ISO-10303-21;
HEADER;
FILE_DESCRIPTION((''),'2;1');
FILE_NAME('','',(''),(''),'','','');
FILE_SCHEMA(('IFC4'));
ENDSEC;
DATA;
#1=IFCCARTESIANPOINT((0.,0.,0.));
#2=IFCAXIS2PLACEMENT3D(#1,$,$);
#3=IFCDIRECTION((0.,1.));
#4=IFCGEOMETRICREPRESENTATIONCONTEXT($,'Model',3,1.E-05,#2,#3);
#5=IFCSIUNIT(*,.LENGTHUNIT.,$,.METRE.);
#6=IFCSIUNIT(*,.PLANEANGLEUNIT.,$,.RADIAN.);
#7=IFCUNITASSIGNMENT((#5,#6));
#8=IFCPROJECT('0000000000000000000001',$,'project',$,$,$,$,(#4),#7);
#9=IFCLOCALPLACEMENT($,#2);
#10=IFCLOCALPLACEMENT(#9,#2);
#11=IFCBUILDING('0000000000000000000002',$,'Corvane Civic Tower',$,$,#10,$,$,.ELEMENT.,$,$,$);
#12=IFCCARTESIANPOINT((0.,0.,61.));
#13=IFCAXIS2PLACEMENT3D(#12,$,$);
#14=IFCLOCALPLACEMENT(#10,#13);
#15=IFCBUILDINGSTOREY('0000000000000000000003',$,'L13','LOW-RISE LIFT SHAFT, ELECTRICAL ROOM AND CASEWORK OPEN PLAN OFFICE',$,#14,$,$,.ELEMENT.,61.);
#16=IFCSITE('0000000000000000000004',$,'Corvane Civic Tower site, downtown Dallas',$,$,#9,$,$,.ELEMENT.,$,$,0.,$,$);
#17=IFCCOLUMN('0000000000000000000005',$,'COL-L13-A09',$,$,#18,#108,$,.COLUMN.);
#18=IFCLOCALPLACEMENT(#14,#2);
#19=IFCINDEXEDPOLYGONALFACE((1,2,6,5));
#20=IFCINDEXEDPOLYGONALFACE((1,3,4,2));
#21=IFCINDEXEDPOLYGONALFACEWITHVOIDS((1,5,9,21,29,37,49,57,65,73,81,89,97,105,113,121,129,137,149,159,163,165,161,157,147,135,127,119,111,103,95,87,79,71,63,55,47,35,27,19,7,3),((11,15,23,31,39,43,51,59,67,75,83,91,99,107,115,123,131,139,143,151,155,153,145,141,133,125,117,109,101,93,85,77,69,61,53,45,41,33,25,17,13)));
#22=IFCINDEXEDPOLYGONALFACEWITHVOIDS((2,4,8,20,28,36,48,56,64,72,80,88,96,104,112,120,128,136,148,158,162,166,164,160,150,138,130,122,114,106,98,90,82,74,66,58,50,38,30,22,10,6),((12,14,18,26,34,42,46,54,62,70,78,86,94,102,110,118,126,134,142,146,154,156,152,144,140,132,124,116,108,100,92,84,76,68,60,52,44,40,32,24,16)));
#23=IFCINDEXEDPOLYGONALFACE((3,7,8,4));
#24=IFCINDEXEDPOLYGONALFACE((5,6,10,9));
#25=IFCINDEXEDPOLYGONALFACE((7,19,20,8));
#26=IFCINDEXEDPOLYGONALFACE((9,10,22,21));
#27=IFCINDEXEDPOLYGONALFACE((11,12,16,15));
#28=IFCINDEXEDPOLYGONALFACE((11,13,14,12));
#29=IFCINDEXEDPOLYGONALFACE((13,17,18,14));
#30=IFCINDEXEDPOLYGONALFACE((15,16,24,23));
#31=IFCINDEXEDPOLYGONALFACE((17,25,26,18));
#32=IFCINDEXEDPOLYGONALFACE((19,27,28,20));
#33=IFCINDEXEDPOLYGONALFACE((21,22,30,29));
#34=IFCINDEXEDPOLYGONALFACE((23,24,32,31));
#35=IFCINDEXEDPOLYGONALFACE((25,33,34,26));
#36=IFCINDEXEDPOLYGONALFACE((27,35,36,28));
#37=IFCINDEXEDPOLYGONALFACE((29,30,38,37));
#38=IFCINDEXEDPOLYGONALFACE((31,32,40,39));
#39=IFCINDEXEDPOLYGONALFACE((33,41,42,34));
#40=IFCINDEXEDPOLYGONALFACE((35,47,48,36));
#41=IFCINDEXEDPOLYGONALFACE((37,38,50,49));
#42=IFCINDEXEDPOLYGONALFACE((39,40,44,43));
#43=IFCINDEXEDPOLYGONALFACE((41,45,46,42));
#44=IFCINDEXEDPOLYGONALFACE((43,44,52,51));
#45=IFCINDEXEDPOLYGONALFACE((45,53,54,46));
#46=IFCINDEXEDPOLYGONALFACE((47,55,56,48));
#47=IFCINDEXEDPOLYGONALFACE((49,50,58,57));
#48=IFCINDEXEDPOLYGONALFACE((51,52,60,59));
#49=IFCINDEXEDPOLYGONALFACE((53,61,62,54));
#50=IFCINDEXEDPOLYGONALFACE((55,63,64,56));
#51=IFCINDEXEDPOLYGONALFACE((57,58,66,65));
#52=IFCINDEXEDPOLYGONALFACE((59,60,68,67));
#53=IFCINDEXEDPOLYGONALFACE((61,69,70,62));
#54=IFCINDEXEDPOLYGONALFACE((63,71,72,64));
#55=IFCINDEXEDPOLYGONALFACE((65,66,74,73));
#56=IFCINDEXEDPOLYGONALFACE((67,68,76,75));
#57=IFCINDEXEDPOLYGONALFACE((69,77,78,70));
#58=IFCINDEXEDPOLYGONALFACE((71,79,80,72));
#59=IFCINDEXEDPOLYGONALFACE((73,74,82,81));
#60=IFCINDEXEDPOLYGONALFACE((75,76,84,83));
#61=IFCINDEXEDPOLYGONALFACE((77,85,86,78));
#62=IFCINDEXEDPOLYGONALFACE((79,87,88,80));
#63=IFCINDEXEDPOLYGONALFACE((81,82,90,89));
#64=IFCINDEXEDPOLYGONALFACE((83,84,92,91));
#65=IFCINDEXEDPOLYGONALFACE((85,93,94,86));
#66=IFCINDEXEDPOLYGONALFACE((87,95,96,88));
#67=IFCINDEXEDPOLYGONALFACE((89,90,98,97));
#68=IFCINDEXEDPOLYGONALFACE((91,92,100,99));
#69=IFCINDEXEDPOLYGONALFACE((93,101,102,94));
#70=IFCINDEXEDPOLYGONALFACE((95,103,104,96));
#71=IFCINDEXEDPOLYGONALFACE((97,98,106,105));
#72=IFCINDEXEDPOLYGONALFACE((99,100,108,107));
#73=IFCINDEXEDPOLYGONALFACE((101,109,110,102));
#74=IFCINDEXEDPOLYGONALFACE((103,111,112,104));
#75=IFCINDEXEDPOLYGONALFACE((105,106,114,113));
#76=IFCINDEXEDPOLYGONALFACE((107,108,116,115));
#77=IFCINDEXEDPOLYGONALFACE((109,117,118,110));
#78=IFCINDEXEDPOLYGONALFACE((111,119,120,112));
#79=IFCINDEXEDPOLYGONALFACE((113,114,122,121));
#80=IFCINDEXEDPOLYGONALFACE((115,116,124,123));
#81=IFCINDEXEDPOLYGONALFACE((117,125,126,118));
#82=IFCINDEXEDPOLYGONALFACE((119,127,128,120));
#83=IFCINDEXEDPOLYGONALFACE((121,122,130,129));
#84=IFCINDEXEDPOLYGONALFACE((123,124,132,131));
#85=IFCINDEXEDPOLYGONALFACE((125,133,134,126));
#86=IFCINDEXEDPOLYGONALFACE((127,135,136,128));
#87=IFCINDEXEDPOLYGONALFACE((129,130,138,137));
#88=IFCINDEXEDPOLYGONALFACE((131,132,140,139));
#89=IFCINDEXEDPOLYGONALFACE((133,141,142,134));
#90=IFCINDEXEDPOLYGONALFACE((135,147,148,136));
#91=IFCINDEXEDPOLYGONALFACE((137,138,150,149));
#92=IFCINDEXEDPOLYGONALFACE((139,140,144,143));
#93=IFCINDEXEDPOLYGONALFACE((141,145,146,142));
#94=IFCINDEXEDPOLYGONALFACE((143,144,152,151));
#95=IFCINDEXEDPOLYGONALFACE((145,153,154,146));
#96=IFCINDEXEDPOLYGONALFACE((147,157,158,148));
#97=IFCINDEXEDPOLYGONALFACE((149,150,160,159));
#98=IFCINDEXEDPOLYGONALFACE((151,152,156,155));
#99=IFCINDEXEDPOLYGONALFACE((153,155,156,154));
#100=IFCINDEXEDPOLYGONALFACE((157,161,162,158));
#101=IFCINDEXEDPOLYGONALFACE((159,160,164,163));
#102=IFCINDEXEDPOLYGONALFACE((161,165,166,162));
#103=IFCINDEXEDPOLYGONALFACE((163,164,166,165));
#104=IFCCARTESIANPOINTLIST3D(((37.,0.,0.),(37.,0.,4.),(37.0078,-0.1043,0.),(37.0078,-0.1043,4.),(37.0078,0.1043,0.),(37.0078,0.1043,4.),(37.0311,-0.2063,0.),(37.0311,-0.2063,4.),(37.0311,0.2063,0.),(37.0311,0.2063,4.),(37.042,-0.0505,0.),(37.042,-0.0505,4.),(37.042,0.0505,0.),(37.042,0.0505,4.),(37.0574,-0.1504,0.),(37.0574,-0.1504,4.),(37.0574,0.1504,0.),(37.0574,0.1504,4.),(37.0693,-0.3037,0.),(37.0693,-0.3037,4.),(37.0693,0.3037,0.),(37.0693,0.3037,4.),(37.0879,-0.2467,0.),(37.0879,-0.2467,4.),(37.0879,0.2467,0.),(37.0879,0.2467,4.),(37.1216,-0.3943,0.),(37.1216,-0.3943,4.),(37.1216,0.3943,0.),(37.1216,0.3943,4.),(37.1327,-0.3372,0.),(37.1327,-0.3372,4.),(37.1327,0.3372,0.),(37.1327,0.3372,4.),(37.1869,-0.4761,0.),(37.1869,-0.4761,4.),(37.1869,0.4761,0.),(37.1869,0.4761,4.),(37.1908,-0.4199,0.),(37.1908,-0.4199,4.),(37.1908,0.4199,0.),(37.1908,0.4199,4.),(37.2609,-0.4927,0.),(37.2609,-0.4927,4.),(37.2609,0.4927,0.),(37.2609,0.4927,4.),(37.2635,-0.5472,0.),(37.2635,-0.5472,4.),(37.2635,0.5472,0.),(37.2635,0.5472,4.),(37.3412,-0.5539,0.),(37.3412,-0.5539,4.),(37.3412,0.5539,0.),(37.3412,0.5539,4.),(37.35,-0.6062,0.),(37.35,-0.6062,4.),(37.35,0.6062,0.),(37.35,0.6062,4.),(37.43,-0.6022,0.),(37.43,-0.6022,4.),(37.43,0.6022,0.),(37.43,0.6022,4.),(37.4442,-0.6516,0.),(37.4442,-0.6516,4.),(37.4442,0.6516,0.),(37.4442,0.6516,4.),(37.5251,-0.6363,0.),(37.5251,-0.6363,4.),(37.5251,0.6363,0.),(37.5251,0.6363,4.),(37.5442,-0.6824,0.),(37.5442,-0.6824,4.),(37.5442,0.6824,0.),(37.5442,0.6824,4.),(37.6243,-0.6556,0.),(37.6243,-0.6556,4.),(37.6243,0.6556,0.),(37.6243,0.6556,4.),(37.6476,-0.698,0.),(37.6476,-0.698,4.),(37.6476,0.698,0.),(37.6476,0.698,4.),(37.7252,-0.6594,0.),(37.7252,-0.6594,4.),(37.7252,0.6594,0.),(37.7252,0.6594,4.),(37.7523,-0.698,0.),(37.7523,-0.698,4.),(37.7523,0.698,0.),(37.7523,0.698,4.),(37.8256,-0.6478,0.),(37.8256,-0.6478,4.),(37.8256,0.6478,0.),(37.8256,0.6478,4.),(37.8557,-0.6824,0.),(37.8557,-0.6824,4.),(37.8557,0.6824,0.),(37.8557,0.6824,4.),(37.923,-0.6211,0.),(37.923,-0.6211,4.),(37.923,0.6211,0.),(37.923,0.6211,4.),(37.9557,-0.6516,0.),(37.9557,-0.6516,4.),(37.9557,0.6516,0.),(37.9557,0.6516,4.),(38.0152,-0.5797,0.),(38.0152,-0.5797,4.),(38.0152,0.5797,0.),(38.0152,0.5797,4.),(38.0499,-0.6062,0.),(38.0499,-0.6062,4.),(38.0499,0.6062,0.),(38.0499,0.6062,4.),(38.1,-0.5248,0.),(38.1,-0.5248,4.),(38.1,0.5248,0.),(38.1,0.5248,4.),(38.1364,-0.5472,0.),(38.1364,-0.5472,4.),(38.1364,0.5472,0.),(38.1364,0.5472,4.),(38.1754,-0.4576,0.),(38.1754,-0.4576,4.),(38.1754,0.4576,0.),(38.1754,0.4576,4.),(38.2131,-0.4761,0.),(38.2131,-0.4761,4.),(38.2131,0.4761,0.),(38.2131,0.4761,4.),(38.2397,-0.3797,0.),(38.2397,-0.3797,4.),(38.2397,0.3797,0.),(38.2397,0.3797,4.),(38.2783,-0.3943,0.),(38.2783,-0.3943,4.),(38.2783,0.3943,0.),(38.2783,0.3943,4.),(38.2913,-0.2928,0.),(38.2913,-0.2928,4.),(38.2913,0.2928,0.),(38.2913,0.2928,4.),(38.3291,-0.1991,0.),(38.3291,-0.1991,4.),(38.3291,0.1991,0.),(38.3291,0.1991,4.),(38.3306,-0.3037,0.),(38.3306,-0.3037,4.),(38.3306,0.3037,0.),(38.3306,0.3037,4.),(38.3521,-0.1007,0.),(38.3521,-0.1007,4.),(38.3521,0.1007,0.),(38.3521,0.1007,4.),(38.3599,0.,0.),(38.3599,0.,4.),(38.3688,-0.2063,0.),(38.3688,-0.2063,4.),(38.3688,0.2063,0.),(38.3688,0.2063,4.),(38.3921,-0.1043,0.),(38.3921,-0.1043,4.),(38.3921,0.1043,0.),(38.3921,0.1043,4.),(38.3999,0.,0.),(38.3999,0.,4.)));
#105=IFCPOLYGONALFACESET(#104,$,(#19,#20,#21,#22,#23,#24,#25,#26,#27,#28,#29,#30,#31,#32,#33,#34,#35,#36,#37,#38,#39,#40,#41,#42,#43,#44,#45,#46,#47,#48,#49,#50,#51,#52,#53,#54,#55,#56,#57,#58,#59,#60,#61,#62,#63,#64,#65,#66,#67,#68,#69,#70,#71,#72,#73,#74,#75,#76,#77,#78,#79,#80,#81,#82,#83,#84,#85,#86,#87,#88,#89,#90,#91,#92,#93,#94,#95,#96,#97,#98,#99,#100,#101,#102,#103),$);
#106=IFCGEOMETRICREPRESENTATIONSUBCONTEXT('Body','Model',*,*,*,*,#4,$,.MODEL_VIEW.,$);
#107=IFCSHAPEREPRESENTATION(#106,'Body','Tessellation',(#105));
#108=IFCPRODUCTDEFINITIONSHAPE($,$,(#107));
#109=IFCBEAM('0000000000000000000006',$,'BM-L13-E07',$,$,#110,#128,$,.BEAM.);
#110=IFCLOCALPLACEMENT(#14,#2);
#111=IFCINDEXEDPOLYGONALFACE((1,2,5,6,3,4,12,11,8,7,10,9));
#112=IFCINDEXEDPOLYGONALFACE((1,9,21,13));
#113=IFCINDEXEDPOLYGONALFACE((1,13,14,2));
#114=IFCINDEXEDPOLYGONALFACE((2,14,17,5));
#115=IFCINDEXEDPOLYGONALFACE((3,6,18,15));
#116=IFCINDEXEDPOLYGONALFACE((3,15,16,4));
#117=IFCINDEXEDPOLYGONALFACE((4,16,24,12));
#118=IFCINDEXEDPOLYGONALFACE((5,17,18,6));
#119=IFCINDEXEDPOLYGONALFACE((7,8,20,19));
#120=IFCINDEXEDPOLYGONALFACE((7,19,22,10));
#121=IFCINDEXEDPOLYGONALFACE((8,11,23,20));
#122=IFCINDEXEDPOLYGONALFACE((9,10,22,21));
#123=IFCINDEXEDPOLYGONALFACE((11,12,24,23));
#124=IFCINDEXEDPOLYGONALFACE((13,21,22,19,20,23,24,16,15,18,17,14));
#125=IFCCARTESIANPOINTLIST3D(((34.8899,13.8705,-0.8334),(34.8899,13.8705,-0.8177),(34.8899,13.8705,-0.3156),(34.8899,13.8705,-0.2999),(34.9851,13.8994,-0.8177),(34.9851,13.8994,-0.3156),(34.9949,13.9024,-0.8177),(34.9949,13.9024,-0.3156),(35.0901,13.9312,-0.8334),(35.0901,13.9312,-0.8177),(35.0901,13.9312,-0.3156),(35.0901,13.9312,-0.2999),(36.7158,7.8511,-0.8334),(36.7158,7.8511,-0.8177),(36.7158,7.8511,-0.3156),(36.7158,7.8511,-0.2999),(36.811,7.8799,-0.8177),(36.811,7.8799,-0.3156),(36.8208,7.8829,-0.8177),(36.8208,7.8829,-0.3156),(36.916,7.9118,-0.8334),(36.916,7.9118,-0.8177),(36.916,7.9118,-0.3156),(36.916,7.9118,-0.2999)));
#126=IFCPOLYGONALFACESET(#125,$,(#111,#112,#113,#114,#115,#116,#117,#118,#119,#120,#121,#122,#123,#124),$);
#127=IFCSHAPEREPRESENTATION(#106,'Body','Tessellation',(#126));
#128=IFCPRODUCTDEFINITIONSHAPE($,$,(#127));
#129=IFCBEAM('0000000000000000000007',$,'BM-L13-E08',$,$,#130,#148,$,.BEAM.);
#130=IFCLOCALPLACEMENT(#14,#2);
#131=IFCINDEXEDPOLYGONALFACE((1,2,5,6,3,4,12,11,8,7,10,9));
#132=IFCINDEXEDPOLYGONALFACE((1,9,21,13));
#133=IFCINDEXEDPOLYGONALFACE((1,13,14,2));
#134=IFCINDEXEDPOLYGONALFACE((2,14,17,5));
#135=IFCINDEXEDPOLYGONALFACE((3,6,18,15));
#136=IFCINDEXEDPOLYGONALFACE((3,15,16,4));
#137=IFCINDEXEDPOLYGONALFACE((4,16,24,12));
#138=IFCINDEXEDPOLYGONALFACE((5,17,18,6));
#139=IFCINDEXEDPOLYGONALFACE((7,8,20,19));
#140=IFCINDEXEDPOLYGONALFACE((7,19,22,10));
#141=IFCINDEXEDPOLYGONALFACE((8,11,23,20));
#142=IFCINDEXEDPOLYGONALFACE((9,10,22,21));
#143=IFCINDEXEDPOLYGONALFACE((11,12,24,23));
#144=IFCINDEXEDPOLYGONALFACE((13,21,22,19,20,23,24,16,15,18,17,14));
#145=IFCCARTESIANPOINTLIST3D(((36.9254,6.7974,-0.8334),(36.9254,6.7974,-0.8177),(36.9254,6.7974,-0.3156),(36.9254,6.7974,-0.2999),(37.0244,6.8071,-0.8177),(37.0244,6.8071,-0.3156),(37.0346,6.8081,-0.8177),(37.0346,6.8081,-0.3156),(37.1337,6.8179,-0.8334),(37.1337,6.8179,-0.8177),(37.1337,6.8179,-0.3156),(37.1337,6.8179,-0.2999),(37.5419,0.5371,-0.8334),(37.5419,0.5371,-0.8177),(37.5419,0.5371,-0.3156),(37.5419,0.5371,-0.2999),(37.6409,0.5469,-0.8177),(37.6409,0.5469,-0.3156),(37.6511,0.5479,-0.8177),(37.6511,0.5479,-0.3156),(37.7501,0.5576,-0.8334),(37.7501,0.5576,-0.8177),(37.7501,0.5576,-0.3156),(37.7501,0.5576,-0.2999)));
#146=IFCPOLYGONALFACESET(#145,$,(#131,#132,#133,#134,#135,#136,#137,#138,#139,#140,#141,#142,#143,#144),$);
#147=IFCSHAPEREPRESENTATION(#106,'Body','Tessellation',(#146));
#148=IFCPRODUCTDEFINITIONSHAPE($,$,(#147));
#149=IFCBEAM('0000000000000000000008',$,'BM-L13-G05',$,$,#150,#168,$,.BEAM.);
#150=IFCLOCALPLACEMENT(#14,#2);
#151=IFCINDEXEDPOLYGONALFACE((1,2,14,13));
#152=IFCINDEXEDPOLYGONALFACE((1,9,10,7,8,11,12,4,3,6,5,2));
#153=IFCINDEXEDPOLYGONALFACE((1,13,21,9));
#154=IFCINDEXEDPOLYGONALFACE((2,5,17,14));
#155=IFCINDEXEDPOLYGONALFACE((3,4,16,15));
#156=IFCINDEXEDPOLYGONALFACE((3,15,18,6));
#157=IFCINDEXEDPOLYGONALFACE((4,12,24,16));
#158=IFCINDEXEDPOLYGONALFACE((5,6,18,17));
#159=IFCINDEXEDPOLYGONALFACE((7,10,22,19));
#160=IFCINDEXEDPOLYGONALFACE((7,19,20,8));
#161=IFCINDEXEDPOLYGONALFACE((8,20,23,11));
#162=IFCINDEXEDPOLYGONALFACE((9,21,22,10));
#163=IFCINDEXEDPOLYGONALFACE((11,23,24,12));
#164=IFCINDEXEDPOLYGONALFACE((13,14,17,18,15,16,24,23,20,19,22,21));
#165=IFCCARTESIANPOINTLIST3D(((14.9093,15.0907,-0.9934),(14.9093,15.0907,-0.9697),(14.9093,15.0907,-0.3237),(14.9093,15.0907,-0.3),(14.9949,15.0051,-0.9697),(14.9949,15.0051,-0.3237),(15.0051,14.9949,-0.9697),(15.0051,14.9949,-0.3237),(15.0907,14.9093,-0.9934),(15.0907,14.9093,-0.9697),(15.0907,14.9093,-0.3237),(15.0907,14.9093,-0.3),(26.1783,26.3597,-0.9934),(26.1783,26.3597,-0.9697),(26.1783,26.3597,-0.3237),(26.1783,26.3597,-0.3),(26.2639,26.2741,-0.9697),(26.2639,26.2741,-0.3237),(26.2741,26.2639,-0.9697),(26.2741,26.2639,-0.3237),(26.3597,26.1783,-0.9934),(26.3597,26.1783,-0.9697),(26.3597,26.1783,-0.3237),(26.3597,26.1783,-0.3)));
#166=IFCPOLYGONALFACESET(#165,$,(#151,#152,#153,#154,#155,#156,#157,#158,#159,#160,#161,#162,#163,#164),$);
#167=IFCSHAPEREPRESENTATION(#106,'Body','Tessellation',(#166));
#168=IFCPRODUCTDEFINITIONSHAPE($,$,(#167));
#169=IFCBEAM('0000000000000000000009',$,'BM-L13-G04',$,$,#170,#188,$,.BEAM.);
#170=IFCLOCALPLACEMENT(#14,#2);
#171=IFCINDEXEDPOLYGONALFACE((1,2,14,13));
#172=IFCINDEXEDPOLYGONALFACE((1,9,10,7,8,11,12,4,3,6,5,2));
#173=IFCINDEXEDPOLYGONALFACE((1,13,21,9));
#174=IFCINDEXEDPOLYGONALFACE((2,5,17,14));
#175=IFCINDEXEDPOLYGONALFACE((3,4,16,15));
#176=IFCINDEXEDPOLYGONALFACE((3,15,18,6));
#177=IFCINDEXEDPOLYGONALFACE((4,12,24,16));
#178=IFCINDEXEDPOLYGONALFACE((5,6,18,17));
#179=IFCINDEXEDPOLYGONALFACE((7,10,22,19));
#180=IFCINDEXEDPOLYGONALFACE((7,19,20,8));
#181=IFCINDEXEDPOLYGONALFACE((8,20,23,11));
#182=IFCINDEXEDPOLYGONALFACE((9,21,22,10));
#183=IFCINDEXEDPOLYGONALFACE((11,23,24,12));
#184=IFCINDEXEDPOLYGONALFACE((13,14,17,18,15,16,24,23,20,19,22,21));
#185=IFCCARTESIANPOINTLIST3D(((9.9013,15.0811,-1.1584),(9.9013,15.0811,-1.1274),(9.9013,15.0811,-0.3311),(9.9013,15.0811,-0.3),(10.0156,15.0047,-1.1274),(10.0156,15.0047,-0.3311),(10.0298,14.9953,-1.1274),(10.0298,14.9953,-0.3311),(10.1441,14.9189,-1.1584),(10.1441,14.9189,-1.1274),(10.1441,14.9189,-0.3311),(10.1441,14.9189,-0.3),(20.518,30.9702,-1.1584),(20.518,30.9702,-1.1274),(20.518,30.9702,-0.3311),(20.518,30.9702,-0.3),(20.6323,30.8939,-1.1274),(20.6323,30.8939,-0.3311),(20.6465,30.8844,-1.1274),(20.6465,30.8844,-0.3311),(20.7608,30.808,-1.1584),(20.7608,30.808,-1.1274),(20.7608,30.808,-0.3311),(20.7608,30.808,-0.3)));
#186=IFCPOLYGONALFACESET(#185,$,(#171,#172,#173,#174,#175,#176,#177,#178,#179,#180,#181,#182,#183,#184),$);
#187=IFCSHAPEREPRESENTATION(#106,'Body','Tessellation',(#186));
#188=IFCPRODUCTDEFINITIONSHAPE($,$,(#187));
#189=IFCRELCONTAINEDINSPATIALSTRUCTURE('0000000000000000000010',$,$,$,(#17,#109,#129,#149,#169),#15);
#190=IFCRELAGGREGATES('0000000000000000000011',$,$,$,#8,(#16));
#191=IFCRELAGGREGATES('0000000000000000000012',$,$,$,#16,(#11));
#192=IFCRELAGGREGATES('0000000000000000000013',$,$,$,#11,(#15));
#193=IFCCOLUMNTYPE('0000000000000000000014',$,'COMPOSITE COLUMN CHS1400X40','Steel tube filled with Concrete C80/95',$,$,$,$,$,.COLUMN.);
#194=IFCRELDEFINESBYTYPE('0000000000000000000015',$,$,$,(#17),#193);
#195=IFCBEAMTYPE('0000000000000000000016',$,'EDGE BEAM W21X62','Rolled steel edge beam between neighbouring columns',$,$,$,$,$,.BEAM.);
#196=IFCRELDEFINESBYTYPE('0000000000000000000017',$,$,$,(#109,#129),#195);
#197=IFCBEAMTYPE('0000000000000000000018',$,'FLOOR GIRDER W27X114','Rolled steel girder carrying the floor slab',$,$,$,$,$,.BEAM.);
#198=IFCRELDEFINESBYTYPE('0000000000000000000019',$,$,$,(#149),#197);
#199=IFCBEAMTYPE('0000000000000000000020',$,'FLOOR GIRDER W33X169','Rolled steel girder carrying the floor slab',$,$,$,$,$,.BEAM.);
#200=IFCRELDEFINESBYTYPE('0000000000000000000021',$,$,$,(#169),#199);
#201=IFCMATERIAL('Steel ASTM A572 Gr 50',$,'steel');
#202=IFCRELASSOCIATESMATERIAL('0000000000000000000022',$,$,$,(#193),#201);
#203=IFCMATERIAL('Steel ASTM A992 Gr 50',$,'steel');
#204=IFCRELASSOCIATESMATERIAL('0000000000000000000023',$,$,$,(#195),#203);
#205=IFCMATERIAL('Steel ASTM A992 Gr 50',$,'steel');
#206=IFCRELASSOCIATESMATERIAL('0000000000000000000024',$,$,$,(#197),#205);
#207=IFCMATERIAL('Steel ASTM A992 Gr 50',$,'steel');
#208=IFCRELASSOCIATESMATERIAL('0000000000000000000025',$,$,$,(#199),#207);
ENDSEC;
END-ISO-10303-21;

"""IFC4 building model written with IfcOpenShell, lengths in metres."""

from ifc_helpers import new_model, si_unit, direction, frame, origin, origin_2d, place, context, subcontext, project, spatial, hollow_circle, i_section, extrude, material, material_profile, profile_set, type_object, element, save


model = new_model("IFC4")

# Units and contexts
model_context = context("Model", 3, precision=1e-05, world=origin(), true_north=direction((0.0, 1.0)))
body_context = subcontext(model_context, "Body", "Model", "MODEL_VIEW")
ifc_project = project(units=[si_unit("LENGTHUNIT", "METRE"), si_unit("PLANEANGLEUNIT", "RADIAN")], contexts=[model_context])

# Site, building, storey
site_placement = place(None, origin())
site = spatial("IfcSite", under=ifc_project, at=site_placement, Name="Corvane Civic Tower site, downtown Dallas", CompositionType="ELEMENT", RefElevation=0.0)
building_placement = place(site_placement, origin())
building = spatial("IfcBuilding", under=site, at=building_placement, Name="Corvane Civic Tower", CompositionType="ELEMENT")
storey_placement = place(building_placement, frame((0.0, 0.0, 61.0)))
storey = spatial("IfcBuildingStorey", under=building, at=storey_placement, Name="L13", Description="LOW-RISE LIFT SHAFT, ELECTRICAL ROOM AND CASEWORK OPEN PLAN OFFICE", CompositionType="ELEMENT", Elevation=61.0)

# Column
ifc_material_1 = material(Name="Steel ASTM A572 Gr 50", Category="steel")
ifc_material_profile_1 = material_profile(ifc_material_1, hollow_circle(Radius=0.7, WallThickness=0.04, at=origin_2d()), Name="CHS1400X40")
ifc_profile_set_1 = profile_set([ifc_material_profile_1], Name="Steel ASTM A572 Gr 50")
column_type = type_object("IfcColumnType", Name="COMPOSITE COLUMN CHS1400X40", Description="Steel tube filled with Concrete C80/95", PredefinedType="COLUMN", material=ifc_profile_set_1)
for number, where, z_axis, x_axis, name in (
    (1, (37.7, 0.0, 0.0), (0.0, 0.0, 1.0), (1.0, 0.0, 0.0), "COL-L13-A09"),
):
    element("IfcColumn", number, at=place(storey_placement, frame(where, z_axis=z_axis, x_axis=x_axis)), inside=storey, type_object=column_type, Name=name, PredefinedType="COLUMN", context=body_context, shape_type="SweptSolid", body=[
        extrude(hollow_circle(Radius=0.7, WallThickness=0.04, at=origin_2d()), origin(), (0.0, 0.0, 1.0), 4.0),
    ])

# Beams
ifc_material_2 = material(Name="Steel ASTM A992 Gr 50", Category="steel")
ifc_material_profile_2 = material_profile(ifc_material_2, i_section(OverallWidth=0.2092, OverallDepth=0.5334, WebThickness=0.0103, FlangeThickness=0.0156, at=origin_2d()), Name="W21X62")
ifc_profile_set_2 = profile_set([ifc_material_profile_2], Name="Steel ASTM A992 Gr 50")
beam_type_1 = type_object("IfcBeamType", Name="EDGE BEAM W21X62", Description="Rolled steel edge beam between neighbouring columns", PredefinedType="BEAM", material=ifc_profile_set_2)
beam_1_placement = place(storey_placement, frame((34.99, 13.9009, -0.5667), z_axis=(0.290273, -0.956944, 0.0), x_axis=(0.956944, 0.290273, 0.0)))
element("IfcBeam", 2, at=beam_1_placement, inside=storey, type_object=beam_type_1, Name="BM-L13-E07", PredefinedType="BEAM", context=body_context, shape_type="SweptSolid", body=[
    extrude(i_section(OverallWidth=0.2092, OverallDepth=0.5334, WebThickness=0.0103, FlangeThickness=0.0156, at=origin_2d()), origin(), (0.0, 0.0, 1.0), 6.2903),
])
beam_2_placement = place(storey_placement, frame((37.0295, 6.8076, -0.5667), z_axis=(0.097997, -0.995187, 0.0), x_axis=(0.995187, 0.097997, 0.0)))
element("IfcBeam", 3, at=beam_2_placement, inside=storey, type_object=beam_type_1, Name="BM-L13-E08", PredefinedType="BEAM", context=body_context, shape_type="SweptSolid", body=[
    extrude(i_section(OverallWidth=0.2092, OverallDepth=0.5334, WebThickness=0.0103, FlangeThickness=0.0156, at=origin_2d()), origin(), (0.0, 0.0, 1.0), 6.2905),
])
ifc_material_3 = material(Name="Steel ASTM A992 Gr 50", Category="steel")
ifc_material_profile_3 = material_profile(ifc_material_3, i_section(OverallWidth=0.2566, OverallDepth=0.6934, WebThickness=0.0144, FlangeThickness=0.0237, at=origin_2d()), Name="W27X114")
ifc_profile_set_3 = profile_set([ifc_material_profile_3], Name="Steel ASTM A992 Gr 50")
beam_type_2 = type_object("IfcBeamType", Name="FLOOR GIRDER W27X114", Description="Rolled steel girder carrying the floor slab", PredefinedType="BEAM", material=ifc_profile_set_3)
beam_3_placement = place(storey_placement, frame((15.0, 15.0, -0.6467), z_axis=(0.707107, 0.707107, 0.0), x_axis=(-0.707107, 0.707107, 0.0)))
element("IfcBeam", 4, at=beam_3_placement, inside=storey, type_object=beam_type_2, Name="BM-L13-G05", PredefinedType="BEAM", context=body_context, shape_type="SweptSolid", body=[
    extrude(i_section(OverallWidth=0.2566, OverallDepth=0.6934, WebThickness=0.0144, FlangeThickness=0.0237, at=origin_2d()), origin(), (0.0, 0.0, 1.0), 15.9368),
])
ifc_material_4 = material(Name="Steel ASTM A992 Gr 50", Category="steel")
ifc_material_profile_4 = material_profile(ifc_material_4, i_section(OverallWidth=0.292, OverallDepth=0.8584, WebThickness=0.0171, FlangeThickness=0.031, at=origin_2d()), Name="W33X169")
ifc_profile_set_4 = profile_set([ifc_material_profile_4], Name="Steel ASTM A992 Gr 50")
beam_type_3 = type_object("IfcBeamType", Name="FLOOR GIRDER W33X169", Description="Rolled steel girder carrying the floor slab", PredefinedType="BEAM", material=ifc_profile_set_4)
for number, where, z_axis, x_axis, name in (
    (5, (10.0227, 15.0, -0.7292), (0.555567, 0.831472, 0.0), (-0.831472, 0.555567, 0.0), "BM-L13-G04"),
):
    element("IfcBeam", number, at=place(storey_placement, frame(where, z_axis=z_axis, x_axis=x_axis)), inside=storey, type_object=beam_type_3, Name=name, PredefinedType="BEAM", context=body_context, shape_type="SweptSolid", body=[
        extrude(i_section(OverallWidth=0.292, OverallDepth=0.8584, WebThickness=0.0171, FlangeThickness=0.031, at=origin_2d()), origin(), (0.0, 0.0, 1.0), 19.1096),
    ])

save(model, "model.ifc")
